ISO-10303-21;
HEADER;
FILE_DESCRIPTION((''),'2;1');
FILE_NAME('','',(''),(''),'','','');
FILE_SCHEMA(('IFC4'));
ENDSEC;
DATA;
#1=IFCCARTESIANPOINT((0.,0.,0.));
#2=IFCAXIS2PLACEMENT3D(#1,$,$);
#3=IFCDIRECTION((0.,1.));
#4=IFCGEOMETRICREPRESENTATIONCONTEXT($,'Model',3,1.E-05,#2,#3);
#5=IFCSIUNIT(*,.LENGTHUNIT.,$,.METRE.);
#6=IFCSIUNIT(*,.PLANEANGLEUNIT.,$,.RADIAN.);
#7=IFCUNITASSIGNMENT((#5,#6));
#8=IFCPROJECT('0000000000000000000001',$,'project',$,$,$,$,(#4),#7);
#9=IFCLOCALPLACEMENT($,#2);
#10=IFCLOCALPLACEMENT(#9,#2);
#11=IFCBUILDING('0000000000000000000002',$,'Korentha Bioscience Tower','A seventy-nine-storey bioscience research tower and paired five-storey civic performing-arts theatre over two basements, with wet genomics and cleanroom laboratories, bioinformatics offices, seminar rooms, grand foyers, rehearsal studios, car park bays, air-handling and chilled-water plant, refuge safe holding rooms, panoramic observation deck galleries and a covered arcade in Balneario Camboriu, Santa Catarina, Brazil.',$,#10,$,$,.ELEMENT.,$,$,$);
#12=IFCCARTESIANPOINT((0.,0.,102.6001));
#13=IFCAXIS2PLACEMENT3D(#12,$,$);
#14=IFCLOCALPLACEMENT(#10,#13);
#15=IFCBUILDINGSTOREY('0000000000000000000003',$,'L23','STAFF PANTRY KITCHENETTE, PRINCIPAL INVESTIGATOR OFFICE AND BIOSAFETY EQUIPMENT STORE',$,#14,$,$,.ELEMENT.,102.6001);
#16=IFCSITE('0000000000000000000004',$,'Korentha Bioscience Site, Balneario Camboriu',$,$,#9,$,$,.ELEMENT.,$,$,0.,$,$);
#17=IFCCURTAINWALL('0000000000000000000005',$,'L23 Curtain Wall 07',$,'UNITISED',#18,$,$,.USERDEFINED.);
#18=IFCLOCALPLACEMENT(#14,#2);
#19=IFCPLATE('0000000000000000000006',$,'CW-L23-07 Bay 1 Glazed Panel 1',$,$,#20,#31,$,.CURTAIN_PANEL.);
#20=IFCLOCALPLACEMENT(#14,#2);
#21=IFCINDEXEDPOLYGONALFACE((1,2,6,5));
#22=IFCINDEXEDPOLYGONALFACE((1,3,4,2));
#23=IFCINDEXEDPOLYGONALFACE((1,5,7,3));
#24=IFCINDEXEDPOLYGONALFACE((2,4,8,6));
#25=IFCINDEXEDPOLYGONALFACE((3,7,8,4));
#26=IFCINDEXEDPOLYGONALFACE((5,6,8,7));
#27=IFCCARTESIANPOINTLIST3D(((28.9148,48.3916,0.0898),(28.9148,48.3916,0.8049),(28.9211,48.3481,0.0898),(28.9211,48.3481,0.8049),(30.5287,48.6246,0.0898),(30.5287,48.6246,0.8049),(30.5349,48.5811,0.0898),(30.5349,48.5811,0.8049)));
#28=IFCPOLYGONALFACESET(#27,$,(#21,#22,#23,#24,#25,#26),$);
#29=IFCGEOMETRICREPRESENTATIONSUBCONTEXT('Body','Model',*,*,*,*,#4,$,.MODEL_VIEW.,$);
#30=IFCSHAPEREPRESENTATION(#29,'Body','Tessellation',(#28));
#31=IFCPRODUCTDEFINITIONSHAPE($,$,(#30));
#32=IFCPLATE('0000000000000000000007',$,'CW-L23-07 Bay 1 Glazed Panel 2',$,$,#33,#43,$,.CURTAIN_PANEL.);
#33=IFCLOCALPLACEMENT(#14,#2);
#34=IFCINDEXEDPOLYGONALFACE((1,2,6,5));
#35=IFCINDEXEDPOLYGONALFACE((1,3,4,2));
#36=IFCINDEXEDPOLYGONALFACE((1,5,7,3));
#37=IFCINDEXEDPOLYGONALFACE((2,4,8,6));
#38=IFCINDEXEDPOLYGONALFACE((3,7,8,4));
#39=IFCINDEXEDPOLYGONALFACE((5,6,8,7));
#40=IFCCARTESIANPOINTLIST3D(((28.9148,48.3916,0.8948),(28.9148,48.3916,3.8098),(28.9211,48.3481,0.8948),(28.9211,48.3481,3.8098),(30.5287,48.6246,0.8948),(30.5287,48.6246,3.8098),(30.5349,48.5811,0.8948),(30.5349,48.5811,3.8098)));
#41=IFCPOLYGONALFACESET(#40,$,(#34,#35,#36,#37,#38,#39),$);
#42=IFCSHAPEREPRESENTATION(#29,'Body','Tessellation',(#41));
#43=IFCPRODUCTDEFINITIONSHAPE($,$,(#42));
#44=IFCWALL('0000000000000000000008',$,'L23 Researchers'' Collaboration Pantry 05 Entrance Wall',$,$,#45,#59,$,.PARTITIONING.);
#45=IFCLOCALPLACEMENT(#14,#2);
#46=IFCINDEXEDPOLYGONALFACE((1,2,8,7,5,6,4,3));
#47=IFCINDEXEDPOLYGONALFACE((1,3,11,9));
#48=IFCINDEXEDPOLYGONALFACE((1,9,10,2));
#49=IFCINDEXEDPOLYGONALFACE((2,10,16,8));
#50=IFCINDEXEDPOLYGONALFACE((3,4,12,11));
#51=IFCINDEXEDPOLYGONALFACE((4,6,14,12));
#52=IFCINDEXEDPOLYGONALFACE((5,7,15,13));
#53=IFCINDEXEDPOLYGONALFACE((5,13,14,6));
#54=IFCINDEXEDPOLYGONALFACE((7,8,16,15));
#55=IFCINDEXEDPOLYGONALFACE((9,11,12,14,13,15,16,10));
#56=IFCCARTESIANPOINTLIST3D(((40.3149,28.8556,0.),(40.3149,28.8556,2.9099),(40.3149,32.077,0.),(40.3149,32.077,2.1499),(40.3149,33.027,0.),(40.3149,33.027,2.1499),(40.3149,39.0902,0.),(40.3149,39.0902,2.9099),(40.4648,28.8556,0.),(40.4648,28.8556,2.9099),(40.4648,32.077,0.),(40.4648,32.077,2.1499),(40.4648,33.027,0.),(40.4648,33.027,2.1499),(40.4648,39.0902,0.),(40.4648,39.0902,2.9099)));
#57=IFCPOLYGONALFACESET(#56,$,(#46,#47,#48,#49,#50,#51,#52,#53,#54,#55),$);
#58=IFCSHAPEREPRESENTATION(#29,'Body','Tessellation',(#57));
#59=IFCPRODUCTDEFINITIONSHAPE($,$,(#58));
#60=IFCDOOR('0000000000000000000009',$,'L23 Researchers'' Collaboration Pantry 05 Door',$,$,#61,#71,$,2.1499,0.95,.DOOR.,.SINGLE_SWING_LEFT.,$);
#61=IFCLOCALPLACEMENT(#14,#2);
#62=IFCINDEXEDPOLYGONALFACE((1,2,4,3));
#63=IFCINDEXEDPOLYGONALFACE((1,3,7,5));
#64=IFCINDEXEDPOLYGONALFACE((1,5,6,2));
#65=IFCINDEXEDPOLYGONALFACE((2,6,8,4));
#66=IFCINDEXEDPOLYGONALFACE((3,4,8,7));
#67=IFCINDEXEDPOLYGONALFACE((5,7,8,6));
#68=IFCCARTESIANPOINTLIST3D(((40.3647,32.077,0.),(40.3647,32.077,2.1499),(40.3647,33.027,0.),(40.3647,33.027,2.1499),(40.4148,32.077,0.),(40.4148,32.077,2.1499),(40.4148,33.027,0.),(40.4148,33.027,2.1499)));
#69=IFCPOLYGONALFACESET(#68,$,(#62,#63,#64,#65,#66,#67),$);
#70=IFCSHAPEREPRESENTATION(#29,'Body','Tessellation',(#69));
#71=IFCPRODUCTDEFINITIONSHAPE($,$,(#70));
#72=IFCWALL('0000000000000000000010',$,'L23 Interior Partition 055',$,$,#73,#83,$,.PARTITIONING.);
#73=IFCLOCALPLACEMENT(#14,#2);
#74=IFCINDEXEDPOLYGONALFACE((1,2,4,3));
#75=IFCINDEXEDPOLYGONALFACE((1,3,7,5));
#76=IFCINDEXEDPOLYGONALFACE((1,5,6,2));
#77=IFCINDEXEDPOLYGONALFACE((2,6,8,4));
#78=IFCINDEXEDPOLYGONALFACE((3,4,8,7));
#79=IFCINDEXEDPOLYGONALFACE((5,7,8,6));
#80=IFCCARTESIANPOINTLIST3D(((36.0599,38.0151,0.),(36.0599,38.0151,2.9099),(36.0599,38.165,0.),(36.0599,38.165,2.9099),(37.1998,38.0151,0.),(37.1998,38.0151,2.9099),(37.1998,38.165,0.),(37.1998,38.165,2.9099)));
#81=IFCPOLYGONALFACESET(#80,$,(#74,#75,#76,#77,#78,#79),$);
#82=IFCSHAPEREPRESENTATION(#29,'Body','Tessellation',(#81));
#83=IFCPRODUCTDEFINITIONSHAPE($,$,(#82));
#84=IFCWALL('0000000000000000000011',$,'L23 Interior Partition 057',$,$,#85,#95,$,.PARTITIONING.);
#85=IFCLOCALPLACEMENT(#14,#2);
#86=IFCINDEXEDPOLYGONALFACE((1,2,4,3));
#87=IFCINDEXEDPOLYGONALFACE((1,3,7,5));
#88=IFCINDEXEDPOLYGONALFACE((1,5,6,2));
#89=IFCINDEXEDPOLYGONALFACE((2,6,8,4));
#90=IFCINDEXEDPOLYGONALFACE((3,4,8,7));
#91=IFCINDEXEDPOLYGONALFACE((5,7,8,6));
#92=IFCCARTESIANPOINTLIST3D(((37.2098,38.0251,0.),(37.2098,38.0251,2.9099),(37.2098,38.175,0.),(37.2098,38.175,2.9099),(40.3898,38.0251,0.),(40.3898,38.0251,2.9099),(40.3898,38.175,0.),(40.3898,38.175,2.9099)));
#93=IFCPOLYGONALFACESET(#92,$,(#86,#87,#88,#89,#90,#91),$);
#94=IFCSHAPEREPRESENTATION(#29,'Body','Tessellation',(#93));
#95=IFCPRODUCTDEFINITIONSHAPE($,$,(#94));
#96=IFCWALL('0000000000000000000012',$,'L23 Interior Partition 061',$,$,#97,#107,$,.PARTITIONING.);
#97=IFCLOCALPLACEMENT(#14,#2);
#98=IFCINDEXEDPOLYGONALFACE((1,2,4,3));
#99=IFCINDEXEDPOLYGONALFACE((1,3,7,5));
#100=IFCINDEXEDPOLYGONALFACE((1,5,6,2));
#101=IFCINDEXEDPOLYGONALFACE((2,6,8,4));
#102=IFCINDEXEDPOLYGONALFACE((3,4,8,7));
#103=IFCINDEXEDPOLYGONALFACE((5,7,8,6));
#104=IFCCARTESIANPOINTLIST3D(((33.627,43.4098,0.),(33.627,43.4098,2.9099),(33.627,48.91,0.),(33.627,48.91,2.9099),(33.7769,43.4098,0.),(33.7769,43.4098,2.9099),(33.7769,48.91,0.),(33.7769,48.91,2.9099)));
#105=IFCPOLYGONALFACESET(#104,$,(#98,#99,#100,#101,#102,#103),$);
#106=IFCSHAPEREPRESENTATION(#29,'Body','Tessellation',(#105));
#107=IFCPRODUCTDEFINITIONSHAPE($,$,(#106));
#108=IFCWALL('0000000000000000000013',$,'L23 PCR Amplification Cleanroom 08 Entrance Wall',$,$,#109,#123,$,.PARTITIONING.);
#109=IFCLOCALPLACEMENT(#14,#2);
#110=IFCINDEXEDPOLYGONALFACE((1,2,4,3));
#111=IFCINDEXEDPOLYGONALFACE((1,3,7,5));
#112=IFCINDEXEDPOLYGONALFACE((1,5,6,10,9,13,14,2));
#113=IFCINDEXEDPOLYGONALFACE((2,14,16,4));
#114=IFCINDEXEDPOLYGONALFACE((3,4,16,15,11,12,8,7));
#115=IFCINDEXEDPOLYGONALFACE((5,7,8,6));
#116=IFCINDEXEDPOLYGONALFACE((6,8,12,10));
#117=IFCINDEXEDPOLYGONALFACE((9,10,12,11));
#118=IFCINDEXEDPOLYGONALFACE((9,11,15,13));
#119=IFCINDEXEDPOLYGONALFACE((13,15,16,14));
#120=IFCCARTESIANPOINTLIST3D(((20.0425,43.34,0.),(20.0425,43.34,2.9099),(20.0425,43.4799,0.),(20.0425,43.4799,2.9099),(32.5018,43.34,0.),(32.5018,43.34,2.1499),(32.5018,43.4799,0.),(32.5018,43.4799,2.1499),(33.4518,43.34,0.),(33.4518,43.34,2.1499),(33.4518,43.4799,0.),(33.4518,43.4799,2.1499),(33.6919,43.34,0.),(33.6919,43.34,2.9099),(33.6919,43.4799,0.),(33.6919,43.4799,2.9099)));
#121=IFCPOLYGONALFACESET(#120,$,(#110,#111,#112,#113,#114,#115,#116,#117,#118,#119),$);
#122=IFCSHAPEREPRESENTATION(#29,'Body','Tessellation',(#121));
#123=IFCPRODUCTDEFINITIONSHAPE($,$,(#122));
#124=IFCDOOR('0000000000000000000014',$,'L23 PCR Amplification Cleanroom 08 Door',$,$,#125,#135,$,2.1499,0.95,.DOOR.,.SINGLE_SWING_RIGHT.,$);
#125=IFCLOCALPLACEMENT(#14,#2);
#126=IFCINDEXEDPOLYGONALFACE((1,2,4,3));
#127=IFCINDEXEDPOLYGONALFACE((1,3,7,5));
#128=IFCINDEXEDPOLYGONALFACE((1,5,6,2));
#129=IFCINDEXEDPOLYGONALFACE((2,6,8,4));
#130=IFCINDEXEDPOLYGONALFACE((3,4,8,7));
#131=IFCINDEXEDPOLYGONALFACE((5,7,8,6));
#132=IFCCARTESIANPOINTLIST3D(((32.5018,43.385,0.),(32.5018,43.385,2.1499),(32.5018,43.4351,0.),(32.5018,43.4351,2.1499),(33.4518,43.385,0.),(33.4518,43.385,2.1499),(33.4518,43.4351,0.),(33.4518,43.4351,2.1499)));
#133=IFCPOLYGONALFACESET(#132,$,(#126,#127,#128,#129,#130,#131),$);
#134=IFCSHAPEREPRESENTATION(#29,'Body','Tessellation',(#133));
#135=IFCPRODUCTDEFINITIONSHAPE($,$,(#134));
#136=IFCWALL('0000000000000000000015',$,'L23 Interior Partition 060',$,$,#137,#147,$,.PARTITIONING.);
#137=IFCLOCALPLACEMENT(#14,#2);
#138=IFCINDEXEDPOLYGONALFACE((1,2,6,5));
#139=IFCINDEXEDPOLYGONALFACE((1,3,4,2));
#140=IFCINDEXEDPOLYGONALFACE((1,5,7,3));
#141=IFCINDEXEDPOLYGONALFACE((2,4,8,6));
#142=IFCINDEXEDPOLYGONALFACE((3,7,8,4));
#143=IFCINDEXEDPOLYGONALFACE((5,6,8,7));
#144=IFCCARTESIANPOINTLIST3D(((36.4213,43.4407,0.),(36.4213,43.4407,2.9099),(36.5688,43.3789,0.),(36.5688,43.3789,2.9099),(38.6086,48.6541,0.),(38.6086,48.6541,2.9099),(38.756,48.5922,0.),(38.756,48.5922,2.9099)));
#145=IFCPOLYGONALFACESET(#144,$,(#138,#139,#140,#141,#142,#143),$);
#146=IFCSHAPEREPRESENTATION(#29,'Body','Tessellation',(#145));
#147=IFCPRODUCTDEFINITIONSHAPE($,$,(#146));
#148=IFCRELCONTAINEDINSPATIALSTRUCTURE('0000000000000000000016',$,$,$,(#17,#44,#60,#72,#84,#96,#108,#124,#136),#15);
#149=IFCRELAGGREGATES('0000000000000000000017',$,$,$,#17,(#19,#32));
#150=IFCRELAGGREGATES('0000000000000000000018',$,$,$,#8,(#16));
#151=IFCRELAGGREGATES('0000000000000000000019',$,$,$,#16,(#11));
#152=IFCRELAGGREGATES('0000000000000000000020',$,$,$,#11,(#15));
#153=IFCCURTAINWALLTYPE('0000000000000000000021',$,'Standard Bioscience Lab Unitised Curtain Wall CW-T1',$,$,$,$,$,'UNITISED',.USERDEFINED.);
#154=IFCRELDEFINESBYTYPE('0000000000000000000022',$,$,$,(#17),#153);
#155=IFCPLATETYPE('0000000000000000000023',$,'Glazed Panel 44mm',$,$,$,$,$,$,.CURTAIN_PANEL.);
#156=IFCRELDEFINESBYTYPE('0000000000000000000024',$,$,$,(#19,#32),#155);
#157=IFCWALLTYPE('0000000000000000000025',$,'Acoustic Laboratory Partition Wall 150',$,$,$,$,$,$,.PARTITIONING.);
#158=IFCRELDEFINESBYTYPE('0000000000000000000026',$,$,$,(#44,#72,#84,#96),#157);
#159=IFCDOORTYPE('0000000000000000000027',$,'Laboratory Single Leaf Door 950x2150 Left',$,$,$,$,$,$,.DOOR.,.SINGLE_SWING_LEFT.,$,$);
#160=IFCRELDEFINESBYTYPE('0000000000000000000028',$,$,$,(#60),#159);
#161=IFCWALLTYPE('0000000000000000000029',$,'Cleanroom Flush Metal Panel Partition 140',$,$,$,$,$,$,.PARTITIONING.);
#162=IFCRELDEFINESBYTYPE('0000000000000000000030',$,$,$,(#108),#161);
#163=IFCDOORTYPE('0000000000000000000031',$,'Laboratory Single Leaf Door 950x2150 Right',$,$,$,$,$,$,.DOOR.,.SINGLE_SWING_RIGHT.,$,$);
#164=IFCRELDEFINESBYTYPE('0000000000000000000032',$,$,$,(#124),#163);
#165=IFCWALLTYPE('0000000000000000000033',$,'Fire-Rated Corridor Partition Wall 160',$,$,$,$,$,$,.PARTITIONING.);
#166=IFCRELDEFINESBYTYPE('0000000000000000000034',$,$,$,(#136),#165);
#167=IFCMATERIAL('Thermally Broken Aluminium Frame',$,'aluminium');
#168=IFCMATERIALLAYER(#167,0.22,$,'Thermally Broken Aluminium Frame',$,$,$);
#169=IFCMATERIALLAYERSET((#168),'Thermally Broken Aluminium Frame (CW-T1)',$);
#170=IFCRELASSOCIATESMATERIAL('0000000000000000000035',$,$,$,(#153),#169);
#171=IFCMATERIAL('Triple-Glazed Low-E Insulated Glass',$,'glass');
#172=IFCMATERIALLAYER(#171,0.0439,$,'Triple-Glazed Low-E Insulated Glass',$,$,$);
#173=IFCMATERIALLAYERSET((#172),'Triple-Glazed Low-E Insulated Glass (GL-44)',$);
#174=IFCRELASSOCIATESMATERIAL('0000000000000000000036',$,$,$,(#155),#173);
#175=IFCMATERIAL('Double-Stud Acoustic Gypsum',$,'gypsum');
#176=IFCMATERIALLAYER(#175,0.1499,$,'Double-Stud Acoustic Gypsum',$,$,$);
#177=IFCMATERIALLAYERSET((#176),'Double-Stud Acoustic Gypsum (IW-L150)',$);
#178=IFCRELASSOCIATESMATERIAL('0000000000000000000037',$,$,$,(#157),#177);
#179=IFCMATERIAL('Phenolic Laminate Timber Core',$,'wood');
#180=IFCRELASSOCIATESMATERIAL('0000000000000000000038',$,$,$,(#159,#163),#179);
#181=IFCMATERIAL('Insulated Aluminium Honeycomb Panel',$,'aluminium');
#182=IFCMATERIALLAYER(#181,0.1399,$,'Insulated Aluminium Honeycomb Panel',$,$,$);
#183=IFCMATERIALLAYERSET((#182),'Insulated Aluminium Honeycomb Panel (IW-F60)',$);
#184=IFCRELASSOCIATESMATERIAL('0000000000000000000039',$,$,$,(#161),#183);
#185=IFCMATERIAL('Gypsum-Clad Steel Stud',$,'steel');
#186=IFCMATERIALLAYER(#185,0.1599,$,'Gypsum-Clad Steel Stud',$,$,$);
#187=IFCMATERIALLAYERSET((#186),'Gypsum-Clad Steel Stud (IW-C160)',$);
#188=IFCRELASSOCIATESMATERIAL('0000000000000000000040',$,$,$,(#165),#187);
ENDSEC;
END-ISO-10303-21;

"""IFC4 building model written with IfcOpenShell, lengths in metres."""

from ifc_helpers import new_model, si_unit, direction, frame, frame_2d, origin, origin_2d, place, context, subcontext, project, spatial, rectangle, extrude, material, layer, layer_set, type_object, element, fill, aggregate, save


model = new_model("IFC4")

# Units and contexts
model_context = context("Model", 3, precision=1e-05, world=origin(), true_north=direction((0.0, 1.0)))
body_context = subcontext(model_context, "Body", "Model", "MODEL_VIEW")
ifc_project = project(units=[si_unit("LENGTHUNIT", "METRE"), si_unit("PLANEANGLEUNIT", "RADIAN")], contexts=[model_context])

# Site, building, storey
site_placement = place(None, origin())
site = spatial("IfcSite", under=ifc_project, at=site_placement, Name="Korentha Bioscience Site, Balneario Camboriu", CompositionType="ELEMENT", RefElevation=0.0)
building_placement = place(site_placement, origin())
building = spatial("IfcBuilding", under=site, at=building_placement, Name="Korentha Bioscience Tower", Description="A seventy-nine-storey bioscience research tower and paired five-storey civic performing-arts theatre over two basements, with wet genomics and cleanroom laboratories, bioinformatics offices, seminar rooms, grand foyers, rehearsal studios, car park bays, air-handling and chilled-water plant, refuge safe holding rooms, panoramic observation deck galleries and a covered arcade in Balneario Camboriu, Santa Catarina, Brazil.", CompositionType="ELEMENT")
storey_placement = place(building_placement, frame((0.0, 0.0, 102.6001)))
storey = spatial("IfcBuildingStorey", under=building, at=storey_placement, Name="L23", Description="STAFF PANTRY KITCHENETTE, PRINCIPAL INVESTIGATOR OFFICE AND BIOSAFETY EQUIPMENT STORE", CompositionType="ELEMENT", Elevation=102.6001)

# Curtain wall
ifc_material_1 = material(Name="Thermally Broken Aluminium Frame", Category="aluminium")
ifc_layer_1 = layer(ifc_material_1, 0.22, Name="Thermally Broken Aluminium Frame")
ifc_layer_set_1 = layer_set([ifc_layer_1], Name="Thermally Broken Aluminium Frame (CW-T1)")
curtain_wall_type = type_object("IfcCurtainWallType", Name="Standard Bioscience Lab Unitised Curtain Wall CW-T1", ElementType="UNITISED", PredefinedType="USERDEFINED", material=ifc_layer_set_1)
curtain_wall_placement = place(storey_placement, origin())
curtain_wall = element("IfcCurtainWall", 1, at=curtain_wall_placement, inside=storey, type_object=curtain_wall_type, Name="L23 Curtain Wall 07", ObjectType="UNITISED", PredefinedType="USERDEFINED")

# Plates
ifc_material_2 = material(Name="Triple-Glazed Low-E Insulated Glass", Category="glass")
ifc_layer_2 = layer(ifc_material_2, 0.0439, Name="Triple-Glazed Low-E Insulated Glass")
ifc_layer_set_2 = layer_set([ifc_layer_2], Name="Triple-Glazed Low-E Insulated Glass (GL-44)")
plate_type = type_object("IfcPlateType", Name="Glazed Panel 44mm", PredefinedType="CURTAIN_PANEL", material=ifc_layer_set_2)
plate_1_placement = place(storey_placement, frame((29.7249, 48.4863, 0.0898), z_axis=(0.0, 0.0, 1.0), x_axis=(-0.989738, -0.142892, 0.0)))
plate_1 = element("IfcPlate", 2, at=plate_1_placement, type_object=plate_type, Name="CW-L23-07 Bay 1 Glazed Panel 1", PredefinedType="CURTAIN_PANEL", context=body_context, shape_type="SweptSolid", body=[
    extrude(rectangle(XDim=1.6306, YDim=0.0439, at=origin_2d()), origin(), (0.0, 0.0, 1.0), 0.7151),
])
plate_2_placement = place(storey_placement, frame((29.7249, 48.4863, 0.8948), z_axis=(0.0, 0.0, 1.0), x_axis=(-0.989738, -0.142892, 0.0)))
plate_2 = element("IfcPlate", 3, at=plate_2_placement, type_object=plate_type, Name="CW-L23-07 Bay 1 Glazed Panel 2", PredefinedType="CURTAIN_PANEL", context=body_context, shape_type="SweptSolid", body=[
    extrude(rectangle(XDim=1.6306, YDim=0.0439, at=origin_2d()), origin(), (0.0, 0.0, 1.0), 2.915),
])
aggregate(curtain_wall, [plate_1, plate_2])

# Wall, opening, door
ifc_material_3 = material(Name="Double-Stud Acoustic Gypsum", Category="gypsum")
ifc_layer_3 = layer(ifc_material_3, 0.1499, Name="Double-Stud Acoustic Gypsum")
ifc_layer_set_3 = layer_set([ifc_layer_3], Name="Double-Stud Acoustic Gypsum (IW-L150)")
wall_type_1 = type_object("IfcWallType", Name="Acoustic Laboratory Partition Wall 150", PredefinedType="PARTITIONING", material=ifc_layer_set_3)
wall_1_placement = place(storey_placement, frame((40.3899, 39.0901, 0.0), z_axis=(0.0, 0.0, 1.0), x_axis=(0.0, -1.0, 0.0)))
wall_1 = element("IfcWall", 4, at=wall_1_placement, inside=storey, type_object=wall_type_1, Name="L23 Researchers' Collaboration Pantry 05 Entrance Wall", PredefinedType="PARTITIONING", context=body_context, shape_type="SweptSolid", body=[
    extrude(rectangle(XDim=10.2346, YDim=0.1499, at=frame_2d((5.1172, 0.0))), origin(), (0.0, 0.0, 1.0), 2.9099),
])
opening_1_placement = place(wall_1_placement, frame((6.063, 0.0, 0.0)))
opening_1 = element("IfcOpeningElement", 5, at=opening_1_placement, cuts=wall_1, PredefinedType="OPENING", context=body_context, shape_type="SweptSolid", body=[
    extrude(rectangle(XDim=0.95, YDim=2.1499, at=frame_2d((0.4751, 1.075))), frame((0.0, 0.0898, 0.0), z_axis=(0.0, -1.0, 0.0), x_axis=(1.0, 0.0, 0.0)), (0.0, 0.0, 1.0), 0.1797),
])
ifc_material_4 = material(Name="Phenolic Laminate Timber Core", Category="wood")
door_type_1 = type_object("IfcDoorType", Name="Laboratory Single Leaf Door 950x2150 Left", OperationType="SINGLE_SWING_LEFT", PredefinedType="DOOR", material=ifc_material_4)
door_1_placement = place(opening_1_placement, origin())
door_1 = element("IfcDoor", 6, at=door_1_placement, inside=storey, type_object=door_type_1, Name="L23 Researchers' Collaboration Pantry 05 Door", OperationType="SINGLE_SWING_LEFT", OverallHeight=2.1499, OverallWidth=0.95, PredefinedType="DOOR", context=body_context, shape_type="SweptSolid", body=[
    extrude(rectangle(XDim=0.95, YDim=2.1499, at=frame_2d((0.4751, 1.075))), frame((0.0, 0.0249, 0.0), z_axis=(0.0, -1.0, 0.0), x_axis=(1.0, 0.0, 0.0)), (0.0, 0.0, 1.0), 0.05),
])
fill(opening_1, door_1)

# Walls
wall_2_placement = place(storey_placement, frame((36.0601, 38.0901, 0.0), z_axis=(0.0, 0.0, 1.0), x_axis=(1.0, 0.0, 0.0)))
element("IfcWall", 7, at=wall_2_placement, inside=storey, type_object=wall_type_1, Name="L23 Interior Partition 055", PredefinedType="PARTITIONING", context=body_context, shape_type="SweptSolid", body=[
    extrude(rectangle(XDim=1.1399, YDim=0.1499, at=frame_2d((0.5698, 0.0))), origin(), (0.0, 0.0, 1.0), 2.9099),
])
wall_3_placement = place(storey_placement, frame((37.21, 38.1001, 0.0), z_axis=(0.0, 0.0, 1.0), x_axis=(1.0, 0.0, 0.0)))
element("IfcWall", 8, at=wall_3_placement, inside=storey, type_object=wall_type_1, Name="L23 Interior Partition 057", PredefinedType="PARTITIONING", context=body_context, shape_type="SweptSolid", body=[
    extrude(rectangle(XDim=3.1799, YDim=0.1499, at=frame_2d((1.5898, 0.0))), origin(), (0.0, 0.0, 1.0), 2.9099),
])
wall_4_placement = place(storey_placement, frame((33.7019, 43.4099, 0.0), z_axis=(0.0, 0.0, 1.0), x_axis=(0.0, 1.0, 0.0)))
element("IfcWall", 9, at=wall_4_placement, inside=storey, type_object=wall_type_1, Name="L23 Interior Partition 061", PredefinedType="PARTITIONING", context=body_context, shape_type="SweptSolid", body=[
    extrude(rectangle(XDim=5.5002, YDim=0.1499, at=frame_2d((2.75, 0.0))), origin(), (0.0, 0.0, 1.0), 2.9099),
])

# Wall, opening, door
ifc_material_5 = material(Name="Insulated Aluminium Honeycomb Panel", Category="aluminium")
ifc_layer_4 = layer(ifc_material_5, 0.1399, Name="Insulated Aluminium Honeycomb Panel")
ifc_layer_set_4 = layer_set([ifc_layer_4], Name="Insulated Aluminium Honeycomb Panel (IW-F60)")
wall_type_2 = type_object("IfcWallType", Name="Cleanroom Flush Metal Panel Partition 140", PredefinedType="PARTITIONING", material=ifc_layer_set_4)
wall_5_placement = place(storey_placement, frame((33.6919, 43.4099, 0.0), z_axis=(0.0, 0.0, 1.0), x_axis=(-1.0, 0.0, 0.0)))
wall_5 = element("IfcWall", 10, at=wall_5_placement, inside=storey, type_object=wall_type_2, Name="L23 PCR Amplification Cleanroom 08 Entrance Wall", PredefinedType="PARTITIONING", context=body_context, shape_type="SweptSolid", body=[
    extrude(rectangle(XDim=13.6494, YDim=0.1399, at=frame_2d((6.8247, 0.0))), origin(), (0.0, 0.0, 1.0), 2.9099),
])
opening_2_placement = place(wall_5_placement, frame((0.24, 0.0, 0.0)))
opening_2 = element("IfcOpeningElement", 11, at=opening_2_placement, cuts=wall_5, PredefinedType="OPENING", context=body_context, shape_type="SweptSolid", body=[
    extrude(rectangle(XDim=0.95, YDim=2.1499, at=frame_2d((0.4751, 1.075))), frame((0.0, 0.085, 0.0), z_axis=(0.0, -1.0, 0.0), x_axis=(1.0, 0.0, 0.0)), (0.0, 0.0, 1.0), 0.1697),
])
door_type_2 = type_object("IfcDoorType", Name="Laboratory Single Leaf Door 950x2150 Right", OperationType="SINGLE_SWING_RIGHT", PredefinedType="DOOR", material=ifc_material_4)
door_2_placement = place(opening_2_placement, origin())
door_2 = element("IfcDoor", 12, at=door_2_placement, inside=storey, type_object=door_type_2, Name="L23 PCR Amplification Cleanroom 08 Door", OperationType="SINGLE_SWING_RIGHT", OverallHeight=2.1499, OverallWidth=0.95, PredefinedType="DOOR", context=body_context, shape_type="SweptSolid", body=[
    extrude(rectangle(XDim=0.95, YDim=2.1499, at=frame_2d((0.4751, 1.075))), frame((0.0, 0.0249, 0.0), z_axis=(0.0, -1.0, 0.0), x_axis=(1.0, 0.0, 0.0)), (0.0, 0.0, 1.0), 0.05),
])
fill(opening_2, door_2)

# Wall
ifc_material_6 = material(Name="Gypsum-Clad Steel Stud", Category="steel")
ifc_layer_5 = layer(ifc_material_6, 0.1599, Name="Gypsum-Clad Steel Stud")
ifc_layer_set_5 = layer_set([ifc_layer_5], Name="Gypsum-Clad Steel Stud (IW-C160)")
wall_type_3 = type_object("IfcWallType", Name="Fire-Rated Corridor Partition Wall 160", PredefinedType="PARTITIONING", material=ifc_layer_set_5)
wall_6_placement = place(storey_placement, frame((36.4951, 43.4099, 0.0), z_axis=(0.0, 0.0, 1.0), x_axis=(0.386877, 0.922131, 0.0)))
element("IfcWall", 13, at=wall_6_placement, inside=storey, type_object=wall_type_3, Name="L23 Interior Partition 060", PredefinedType="PARTITIONING", context=body_context, shape_type="SweptSolid", body=[
    extrude(rectangle(XDim=5.6536, YDim=0.1599, at=frame_2d((2.8267, 0.0))), origin(), (0.0, 0.0, 1.0), 2.9099),
])

save(model, "model.ifc")
